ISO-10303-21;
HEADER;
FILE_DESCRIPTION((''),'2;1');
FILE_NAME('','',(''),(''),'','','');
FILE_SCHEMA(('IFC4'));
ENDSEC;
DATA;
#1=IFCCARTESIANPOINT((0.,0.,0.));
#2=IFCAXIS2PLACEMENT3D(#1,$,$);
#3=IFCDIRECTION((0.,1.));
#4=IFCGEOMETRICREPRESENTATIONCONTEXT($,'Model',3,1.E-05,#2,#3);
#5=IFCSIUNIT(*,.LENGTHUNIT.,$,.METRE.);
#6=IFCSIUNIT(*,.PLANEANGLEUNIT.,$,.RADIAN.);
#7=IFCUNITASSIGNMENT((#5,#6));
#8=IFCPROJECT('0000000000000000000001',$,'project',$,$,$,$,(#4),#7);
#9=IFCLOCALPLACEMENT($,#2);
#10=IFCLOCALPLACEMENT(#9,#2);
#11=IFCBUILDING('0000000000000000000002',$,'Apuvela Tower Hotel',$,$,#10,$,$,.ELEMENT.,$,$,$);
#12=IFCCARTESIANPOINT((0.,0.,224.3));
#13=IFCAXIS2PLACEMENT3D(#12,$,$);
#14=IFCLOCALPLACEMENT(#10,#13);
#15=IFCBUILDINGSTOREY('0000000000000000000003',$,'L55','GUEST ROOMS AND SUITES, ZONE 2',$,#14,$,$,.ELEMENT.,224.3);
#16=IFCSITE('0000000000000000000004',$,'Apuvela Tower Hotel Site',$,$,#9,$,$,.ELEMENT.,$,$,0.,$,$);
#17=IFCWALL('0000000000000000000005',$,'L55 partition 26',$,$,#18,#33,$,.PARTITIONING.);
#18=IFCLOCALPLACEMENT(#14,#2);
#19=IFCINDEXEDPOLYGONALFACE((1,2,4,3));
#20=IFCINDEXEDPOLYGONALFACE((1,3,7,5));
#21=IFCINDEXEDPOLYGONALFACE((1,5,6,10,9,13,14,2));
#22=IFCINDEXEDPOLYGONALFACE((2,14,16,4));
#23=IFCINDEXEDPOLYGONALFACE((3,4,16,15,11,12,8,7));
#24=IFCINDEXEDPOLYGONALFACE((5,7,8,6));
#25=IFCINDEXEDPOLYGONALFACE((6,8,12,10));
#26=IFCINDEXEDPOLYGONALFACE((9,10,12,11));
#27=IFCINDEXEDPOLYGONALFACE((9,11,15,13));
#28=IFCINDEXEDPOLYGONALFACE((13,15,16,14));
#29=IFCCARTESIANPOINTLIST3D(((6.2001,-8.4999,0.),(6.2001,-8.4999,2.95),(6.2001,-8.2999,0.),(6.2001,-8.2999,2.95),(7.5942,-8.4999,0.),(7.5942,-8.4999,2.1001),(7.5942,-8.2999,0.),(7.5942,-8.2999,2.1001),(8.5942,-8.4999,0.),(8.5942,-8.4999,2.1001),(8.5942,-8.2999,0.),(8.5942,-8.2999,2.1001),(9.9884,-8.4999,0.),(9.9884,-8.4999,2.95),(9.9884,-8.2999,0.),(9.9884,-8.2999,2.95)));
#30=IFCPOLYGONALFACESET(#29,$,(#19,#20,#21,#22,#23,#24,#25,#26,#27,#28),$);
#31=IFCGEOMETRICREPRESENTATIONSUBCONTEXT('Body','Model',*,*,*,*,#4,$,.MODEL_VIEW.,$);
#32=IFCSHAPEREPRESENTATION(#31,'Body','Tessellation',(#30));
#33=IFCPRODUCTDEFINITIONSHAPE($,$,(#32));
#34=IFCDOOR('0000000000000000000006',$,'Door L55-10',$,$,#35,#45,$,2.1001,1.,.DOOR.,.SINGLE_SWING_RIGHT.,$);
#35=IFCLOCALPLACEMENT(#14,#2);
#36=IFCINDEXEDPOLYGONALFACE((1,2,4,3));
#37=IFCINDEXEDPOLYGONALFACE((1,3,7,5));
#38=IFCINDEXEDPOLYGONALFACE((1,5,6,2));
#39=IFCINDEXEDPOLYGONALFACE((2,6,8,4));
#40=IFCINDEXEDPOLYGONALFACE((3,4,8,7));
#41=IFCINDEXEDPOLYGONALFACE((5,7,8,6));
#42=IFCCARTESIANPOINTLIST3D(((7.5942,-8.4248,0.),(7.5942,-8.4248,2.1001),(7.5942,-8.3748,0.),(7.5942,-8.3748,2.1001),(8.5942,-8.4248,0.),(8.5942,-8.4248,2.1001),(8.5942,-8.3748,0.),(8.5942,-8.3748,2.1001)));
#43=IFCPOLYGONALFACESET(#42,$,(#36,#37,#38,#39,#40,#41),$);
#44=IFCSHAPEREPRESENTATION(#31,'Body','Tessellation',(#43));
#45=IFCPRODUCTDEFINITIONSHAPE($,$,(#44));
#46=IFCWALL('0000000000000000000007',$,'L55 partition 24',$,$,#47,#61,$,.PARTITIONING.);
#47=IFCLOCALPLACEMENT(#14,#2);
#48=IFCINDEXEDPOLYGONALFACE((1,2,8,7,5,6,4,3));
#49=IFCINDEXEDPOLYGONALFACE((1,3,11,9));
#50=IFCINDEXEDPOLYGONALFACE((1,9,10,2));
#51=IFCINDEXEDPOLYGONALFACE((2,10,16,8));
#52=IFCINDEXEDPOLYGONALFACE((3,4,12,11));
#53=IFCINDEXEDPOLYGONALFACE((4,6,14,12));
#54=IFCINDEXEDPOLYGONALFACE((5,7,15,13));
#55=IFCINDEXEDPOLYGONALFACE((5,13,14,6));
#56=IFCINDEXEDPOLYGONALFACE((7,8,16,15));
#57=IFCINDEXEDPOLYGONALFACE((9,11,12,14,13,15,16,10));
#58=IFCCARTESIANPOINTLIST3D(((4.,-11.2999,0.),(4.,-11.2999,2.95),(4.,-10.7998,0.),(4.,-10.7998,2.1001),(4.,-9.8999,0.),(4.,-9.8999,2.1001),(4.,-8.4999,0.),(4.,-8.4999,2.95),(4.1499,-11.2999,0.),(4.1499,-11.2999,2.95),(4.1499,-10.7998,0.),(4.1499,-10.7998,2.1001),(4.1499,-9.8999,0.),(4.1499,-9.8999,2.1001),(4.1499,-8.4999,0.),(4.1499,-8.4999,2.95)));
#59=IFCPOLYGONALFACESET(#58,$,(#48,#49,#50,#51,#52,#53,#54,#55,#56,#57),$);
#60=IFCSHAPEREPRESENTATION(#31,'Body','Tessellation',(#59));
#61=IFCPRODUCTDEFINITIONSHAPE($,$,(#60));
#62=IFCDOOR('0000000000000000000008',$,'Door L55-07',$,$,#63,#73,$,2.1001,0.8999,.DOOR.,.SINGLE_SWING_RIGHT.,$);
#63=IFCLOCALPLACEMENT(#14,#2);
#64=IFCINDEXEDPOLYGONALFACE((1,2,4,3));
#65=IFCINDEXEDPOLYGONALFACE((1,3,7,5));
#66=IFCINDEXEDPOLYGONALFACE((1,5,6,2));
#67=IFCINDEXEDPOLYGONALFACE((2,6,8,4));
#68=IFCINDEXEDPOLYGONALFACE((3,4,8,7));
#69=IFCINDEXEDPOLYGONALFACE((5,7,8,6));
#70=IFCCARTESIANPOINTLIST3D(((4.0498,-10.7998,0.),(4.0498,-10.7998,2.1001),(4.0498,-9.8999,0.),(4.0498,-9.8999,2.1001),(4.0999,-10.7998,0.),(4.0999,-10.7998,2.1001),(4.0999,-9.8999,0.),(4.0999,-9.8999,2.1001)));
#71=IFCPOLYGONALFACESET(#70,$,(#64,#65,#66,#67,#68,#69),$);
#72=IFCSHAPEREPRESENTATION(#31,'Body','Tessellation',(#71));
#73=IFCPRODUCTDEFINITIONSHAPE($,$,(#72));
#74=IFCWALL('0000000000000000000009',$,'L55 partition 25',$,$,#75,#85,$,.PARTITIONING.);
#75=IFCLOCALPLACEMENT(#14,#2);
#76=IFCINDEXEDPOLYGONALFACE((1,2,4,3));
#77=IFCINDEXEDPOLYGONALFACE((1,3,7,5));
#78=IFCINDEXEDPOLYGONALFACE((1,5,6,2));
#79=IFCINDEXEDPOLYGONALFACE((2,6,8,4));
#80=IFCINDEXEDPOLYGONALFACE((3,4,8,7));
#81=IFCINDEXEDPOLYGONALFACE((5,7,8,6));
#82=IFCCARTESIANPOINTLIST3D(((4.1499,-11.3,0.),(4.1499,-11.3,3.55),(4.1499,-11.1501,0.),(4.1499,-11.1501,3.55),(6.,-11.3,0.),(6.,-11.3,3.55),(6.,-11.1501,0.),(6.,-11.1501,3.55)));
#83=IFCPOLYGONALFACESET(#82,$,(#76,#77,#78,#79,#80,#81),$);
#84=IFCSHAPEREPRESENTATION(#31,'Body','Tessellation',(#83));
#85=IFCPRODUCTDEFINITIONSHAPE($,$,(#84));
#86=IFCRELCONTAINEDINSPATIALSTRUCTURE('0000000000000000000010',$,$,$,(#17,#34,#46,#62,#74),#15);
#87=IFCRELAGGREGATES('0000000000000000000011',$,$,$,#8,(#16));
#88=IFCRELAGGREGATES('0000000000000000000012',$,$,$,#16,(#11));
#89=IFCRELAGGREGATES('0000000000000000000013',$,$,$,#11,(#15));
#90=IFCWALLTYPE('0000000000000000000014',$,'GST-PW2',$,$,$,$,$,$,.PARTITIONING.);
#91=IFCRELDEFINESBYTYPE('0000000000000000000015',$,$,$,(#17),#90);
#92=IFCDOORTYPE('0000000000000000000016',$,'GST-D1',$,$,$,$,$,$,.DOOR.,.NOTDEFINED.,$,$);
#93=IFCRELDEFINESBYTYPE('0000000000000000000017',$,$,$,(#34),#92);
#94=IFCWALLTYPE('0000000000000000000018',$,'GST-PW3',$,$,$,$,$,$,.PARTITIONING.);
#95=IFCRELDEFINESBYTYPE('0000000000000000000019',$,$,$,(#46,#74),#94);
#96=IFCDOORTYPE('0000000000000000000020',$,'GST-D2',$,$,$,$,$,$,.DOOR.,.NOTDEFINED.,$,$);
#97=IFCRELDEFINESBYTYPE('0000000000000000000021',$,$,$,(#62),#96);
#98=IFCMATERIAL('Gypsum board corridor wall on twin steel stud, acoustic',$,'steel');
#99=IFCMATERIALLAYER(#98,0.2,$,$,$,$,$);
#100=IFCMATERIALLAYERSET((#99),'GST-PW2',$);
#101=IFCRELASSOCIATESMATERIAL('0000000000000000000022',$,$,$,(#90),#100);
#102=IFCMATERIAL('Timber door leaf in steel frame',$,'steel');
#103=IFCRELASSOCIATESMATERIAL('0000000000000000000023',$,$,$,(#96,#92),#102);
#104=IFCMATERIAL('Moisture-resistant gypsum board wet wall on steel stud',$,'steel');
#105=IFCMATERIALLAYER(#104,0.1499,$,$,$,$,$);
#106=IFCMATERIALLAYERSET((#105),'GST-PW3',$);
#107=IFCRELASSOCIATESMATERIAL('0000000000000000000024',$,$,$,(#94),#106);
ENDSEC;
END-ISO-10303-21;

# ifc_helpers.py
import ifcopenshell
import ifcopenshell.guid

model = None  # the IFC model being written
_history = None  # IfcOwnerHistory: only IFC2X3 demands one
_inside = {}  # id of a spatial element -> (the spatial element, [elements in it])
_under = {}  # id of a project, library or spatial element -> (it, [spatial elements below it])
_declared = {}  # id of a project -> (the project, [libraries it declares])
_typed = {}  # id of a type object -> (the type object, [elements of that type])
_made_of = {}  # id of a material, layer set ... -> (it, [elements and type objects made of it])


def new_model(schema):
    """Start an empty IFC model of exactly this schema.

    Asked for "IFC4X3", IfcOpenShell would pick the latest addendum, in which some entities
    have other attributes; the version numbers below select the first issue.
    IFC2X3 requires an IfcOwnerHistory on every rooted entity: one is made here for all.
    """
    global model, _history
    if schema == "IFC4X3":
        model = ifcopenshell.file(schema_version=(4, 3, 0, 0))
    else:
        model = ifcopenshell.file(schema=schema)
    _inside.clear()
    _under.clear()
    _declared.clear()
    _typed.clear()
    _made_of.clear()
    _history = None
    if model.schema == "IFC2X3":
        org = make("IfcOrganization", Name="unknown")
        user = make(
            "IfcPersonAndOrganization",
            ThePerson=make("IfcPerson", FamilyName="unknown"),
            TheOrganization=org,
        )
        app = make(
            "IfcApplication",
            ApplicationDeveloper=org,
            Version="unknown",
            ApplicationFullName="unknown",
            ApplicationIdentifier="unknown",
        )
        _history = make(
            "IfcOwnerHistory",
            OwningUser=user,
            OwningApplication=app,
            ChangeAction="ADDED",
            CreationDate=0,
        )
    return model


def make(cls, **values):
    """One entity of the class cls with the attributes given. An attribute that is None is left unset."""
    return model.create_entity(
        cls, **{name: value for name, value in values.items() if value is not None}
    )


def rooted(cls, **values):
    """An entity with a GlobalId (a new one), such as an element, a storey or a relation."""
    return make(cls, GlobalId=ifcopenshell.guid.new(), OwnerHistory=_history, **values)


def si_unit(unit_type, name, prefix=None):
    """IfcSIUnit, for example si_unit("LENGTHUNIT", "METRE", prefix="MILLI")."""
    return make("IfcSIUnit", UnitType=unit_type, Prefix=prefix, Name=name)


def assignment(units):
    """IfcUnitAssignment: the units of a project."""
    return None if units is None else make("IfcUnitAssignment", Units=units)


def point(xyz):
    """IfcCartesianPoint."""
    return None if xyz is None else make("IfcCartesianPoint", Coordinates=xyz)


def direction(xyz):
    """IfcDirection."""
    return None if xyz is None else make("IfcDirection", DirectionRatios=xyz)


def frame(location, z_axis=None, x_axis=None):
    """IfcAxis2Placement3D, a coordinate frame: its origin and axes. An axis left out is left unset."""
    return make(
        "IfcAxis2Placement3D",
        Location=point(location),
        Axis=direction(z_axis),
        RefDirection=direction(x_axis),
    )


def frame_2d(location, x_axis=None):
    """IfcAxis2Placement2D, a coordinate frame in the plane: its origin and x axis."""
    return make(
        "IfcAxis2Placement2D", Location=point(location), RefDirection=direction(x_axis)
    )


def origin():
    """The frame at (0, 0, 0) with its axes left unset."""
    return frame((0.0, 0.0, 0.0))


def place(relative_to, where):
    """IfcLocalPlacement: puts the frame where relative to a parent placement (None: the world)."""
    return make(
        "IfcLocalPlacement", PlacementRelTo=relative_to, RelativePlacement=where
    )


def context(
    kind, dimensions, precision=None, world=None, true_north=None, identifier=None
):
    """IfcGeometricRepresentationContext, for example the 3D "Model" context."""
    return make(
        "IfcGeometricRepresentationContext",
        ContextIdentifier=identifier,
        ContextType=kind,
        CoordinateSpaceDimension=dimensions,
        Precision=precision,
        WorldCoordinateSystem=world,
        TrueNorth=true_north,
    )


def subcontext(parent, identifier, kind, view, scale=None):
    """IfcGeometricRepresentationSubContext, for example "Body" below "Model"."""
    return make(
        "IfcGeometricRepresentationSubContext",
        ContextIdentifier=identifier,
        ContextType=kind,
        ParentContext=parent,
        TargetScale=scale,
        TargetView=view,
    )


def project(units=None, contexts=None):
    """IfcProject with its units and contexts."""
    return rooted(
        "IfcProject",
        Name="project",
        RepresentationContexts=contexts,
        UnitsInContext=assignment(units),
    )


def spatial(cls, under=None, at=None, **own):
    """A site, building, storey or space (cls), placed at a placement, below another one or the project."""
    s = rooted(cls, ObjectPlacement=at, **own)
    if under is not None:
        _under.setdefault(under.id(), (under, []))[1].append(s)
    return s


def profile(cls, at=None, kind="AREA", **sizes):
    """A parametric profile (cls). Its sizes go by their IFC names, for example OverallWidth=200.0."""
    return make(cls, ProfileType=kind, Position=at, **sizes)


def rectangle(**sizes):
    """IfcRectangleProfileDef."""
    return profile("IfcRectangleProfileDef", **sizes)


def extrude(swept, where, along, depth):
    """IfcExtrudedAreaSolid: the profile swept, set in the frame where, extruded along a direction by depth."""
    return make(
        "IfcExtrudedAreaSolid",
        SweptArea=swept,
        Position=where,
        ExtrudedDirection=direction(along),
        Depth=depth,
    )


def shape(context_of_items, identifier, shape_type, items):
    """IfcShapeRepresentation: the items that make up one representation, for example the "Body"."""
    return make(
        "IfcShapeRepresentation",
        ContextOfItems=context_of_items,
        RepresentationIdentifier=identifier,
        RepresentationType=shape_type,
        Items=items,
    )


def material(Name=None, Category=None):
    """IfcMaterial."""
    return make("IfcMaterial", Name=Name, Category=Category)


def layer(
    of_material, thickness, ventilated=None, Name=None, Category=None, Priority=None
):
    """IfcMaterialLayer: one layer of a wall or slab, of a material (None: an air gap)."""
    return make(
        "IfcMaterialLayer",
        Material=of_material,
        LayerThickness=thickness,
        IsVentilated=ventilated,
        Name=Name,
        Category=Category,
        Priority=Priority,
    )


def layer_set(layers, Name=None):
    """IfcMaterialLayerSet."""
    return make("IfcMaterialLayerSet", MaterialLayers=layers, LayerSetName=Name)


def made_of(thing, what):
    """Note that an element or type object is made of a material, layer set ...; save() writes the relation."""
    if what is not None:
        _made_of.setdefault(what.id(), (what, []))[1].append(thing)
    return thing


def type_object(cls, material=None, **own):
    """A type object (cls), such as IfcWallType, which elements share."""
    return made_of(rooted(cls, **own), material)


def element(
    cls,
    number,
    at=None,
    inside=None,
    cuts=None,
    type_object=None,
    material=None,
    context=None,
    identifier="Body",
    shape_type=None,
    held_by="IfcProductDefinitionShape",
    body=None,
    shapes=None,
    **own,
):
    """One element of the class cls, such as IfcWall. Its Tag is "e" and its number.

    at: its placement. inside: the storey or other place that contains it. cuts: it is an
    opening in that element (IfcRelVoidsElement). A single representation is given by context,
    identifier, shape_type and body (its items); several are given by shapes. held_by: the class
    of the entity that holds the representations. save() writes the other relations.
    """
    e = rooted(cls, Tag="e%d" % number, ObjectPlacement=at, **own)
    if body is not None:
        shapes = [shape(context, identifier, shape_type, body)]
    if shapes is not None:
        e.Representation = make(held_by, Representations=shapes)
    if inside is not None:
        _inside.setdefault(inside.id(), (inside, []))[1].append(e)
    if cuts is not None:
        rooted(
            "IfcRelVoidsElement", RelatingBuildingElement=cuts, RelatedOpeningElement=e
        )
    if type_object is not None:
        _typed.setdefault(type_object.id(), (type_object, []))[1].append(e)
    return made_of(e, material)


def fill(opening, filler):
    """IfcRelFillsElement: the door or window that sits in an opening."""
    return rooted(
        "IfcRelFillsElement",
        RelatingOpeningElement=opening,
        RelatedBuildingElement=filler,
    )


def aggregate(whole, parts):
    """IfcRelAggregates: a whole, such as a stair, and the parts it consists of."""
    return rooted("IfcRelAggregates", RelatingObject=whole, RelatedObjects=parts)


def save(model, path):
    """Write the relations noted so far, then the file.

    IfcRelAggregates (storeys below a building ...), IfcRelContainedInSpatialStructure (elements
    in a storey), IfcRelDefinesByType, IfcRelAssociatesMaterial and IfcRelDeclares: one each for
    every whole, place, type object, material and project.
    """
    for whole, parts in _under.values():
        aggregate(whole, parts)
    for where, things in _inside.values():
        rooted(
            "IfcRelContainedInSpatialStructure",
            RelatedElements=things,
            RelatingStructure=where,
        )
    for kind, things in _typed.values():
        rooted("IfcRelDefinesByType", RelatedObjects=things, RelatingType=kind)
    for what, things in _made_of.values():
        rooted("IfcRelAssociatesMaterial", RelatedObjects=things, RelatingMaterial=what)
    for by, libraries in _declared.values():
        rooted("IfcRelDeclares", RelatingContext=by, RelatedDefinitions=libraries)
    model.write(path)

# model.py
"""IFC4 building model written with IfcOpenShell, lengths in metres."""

from ifc_helpers import new_model, si_unit, direction, frame, frame_2d, origin, place, context, subcontext, project, spatial, rectangle, extrude, material, layer, layer_set, type_object, element, fill, save


model = new_model("IFC4")

# Units and contexts
model_context = context("Model", 3, precision=1e-05, world=origin(), true_north=direction((0.0, 1.0)))
body_context = subcontext(model_context, "Body", "Model", "MODEL_VIEW")
ifc_project = project(units=[si_unit("LENGTHUNIT", "METRE"), si_unit("PLANEANGLEUNIT", "RADIAN")], contexts=[model_context])

# Site, building, storey
site_placement = place(None, origin())
site = spatial("IfcSite", under=ifc_project, at=site_placement, Name="Apuvela Tower Hotel Site", CompositionType="ELEMENT", RefElevation=0.0)
building_placement = place(site_placement, origin())
building = spatial("IfcBuilding", under=site, at=building_placement, Name="Apuvela Tower Hotel", CompositionType="ELEMENT")
storey_placement = place(building_placement, frame((0.0, 0.0, 224.3)))
storey = spatial("IfcBuildingStorey", under=building, at=storey_placement, Name="L55", Description="GUEST ROOMS AND SUITES, ZONE 2", CompositionType="ELEMENT", Elevation=224.3)

# Walls, openings, doors
ifc_material_1 = material(Name="Gypsum board corridor wall on twin steel stud, acoustic", Category="steel")
ifc_layer_1 = layer(ifc_material_1, 0.2)
ifc_layer_set_1 = layer_set([ifc_layer_1], Name="GST-PW2")
wall_type_1 = type_object("IfcWallType", Name="GST-PW2", PredefinedType="PARTITIONING", material=ifc_layer_set_1)
ifc_material_2 = material(Name="Timber door leaf in steel frame", Category="steel")
door_type_1 = type_object("IfcDoorType", Name="GST-D2", OperationType="NOTDEFINED", PredefinedType="DOOR", material=ifc_material_2)
door_type_2 = type_object("IfcDoorType", Name="GST-D1", OperationType="NOTDEFINED", PredefinedType="DOOR", material=ifc_material_2)
wall_1_placement = place(storey_placement, frame((9.9883, -8.3999, 0.0), z_axis=(0.0, 0.0, 1.0), x_axis=(-1.0, 0.0, 0.0)))
wall_1 = element("IfcWall", 1, at=wall_1_placement, inside=storey, type_object=wall_type_1, Name="L55 partition 26", PredefinedType="PARTITIONING", context=body_context, shape_type="SweptSolid", body=[
    extrude(rectangle(XDim=3.7883, YDim=0.2, at=frame_2d((1.894, 0.0))), origin(), (0.0, 0.0, 1.0), 2.95),
])
opening_1_placement = place(wall_1_placement, frame((1.394, 0.0, 0.0)))
opening_1 = element("IfcOpeningElement", 2, at=opening_1_placement, cuts=wall_1, PredefinedType="OPENING", context=body_context, shape_type="SweptSolid", body=[
    extrude(rectangle(XDim=1.0, YDim=2.1001, at=frame_2d((0.5, 1.05))), frame((0.0, 0.1099, 0.0), z_axis=(0.0, -1.0, 0.0), x_axis=(1.0, 0.0, 0.0)), (0.0, 0.0, 1.0), 0.22),
])
door_1_placement = place(opening_1_placement, origin())
door_1 = element("IfcDoor", 3, at=door_1_placement, inside=storey, type_object=door_type_2, Name="Door L55-10", OperationType="SINGLE_SWING_RIGHT", OverallHeight=2.1001, OverallWidth=1.0, PredefinedType="DOOR", context=body_context, shape_type="SweptSolid", body=[
    extrude(rectangle(XDim=1.0, YDim=2.1001, at=frame_2d((0.5, 1.05))), frame((0.0, 0.0249, 0.0), z_axis=(0.0, -1.0, 0.0), x_axis=(1.0, 0.0, 0.0)), (0.0, 0.0, 1.0), 0.05),
])
fill(opening_1, door_1)
ifc_material_3 = material(Name="Moisture-resistant gypsum board wet wall on steel stud", Category="steel")
ifc_layer_2 = layer(ifc_material_3, 0.1499)
ifc_layer_set_2 = layer_set([ifc_layer_2], Name="GST-PW3")
wall_type_2 = type_object("IfcWallType", Name="GST-PW3", PredefinedType="PARTITIONING", material=ifc_layer_set_2)
wall_2_placement = place(storey_placement, frame((4.075, -8.5, 0.0), z_axis=(0.0, 0.0, 1.0), x_axis=(0.0, -1.0, 0.0)))
wall_2 = element("IfcWall", 4, at=wall_2_placement, inside=storey, type_object=wall_type_2, Name="L55 partition 24", PredefinedType="PARTITIONING", context=body_context, shape_type="SweptSolid", body=[
    extrude(rectangle(XDim=2.8, YDim=0.1499, at=frame_2d((1.3999, 0.0))), origin(), (0.0, 0.0, 1.0), 2.95),
])
opening_2_placement = place(wall_2_placement, frame((1.3999, 0.0, 0.0)))
opening_2 = element("IfcOpeningElement", 5, at=opening_2_placement, cuts=wall_2, PredefinedType="OPENING", context=body_context, shape_type="SweptSolid", body=[
    extrude(rectangle(XDim=0.8999, YDim=2.1001, at=frame_2d((0.45, 1.05))), frame((0.0, 0.085, 0.0), z_axis=(0.0, -1.0, 0.0), x_axis=(1.0, 0.0, 0.0)), (0.0, 0.0, 1.0), 0.1699),
])
door_2_placement = place(opening_2_placement, origin())
door_2 = element("IfcDoor", 6, at=door_2_placement, inside=storey, type_object=door_type_1, Name="Door L55-07", OperationType="SINGLE_SWING_RIGHT", OverallHeight=2.1001, OverallWidth=0.8999, PredefinedType="DOOR", context=body_context, shape_type="SweptSolid", body=[
    extrude(rectangle(XDim=0.8999, YDim=2.1001, at=frame_2d((0.45, 1.05))), frame((0.0, 0.0249, 0.0), z_axis=(0.0, -1.0, 0.0), x_axis=(1.0, 0.0, 0.0)), (0.0, 0.0, 1.0), 0.05),
])
fill(opening_2, door_2)

# Wall
wall_3_placement = place(storey_placement, frame((4.1499, -11.2251, 0.0), z_axis=(0.0, 0.0, 1.0), x_axis=(1.0, 0.0, 0.0)))
element("IfcWall", 7, at=wall_3_placement, inside=storey, type_object=wall_type_2, Name="L55 partition 25", PredefinedType="PARTITIONING", context=body_context, shape_type="SweptSolid", body=[
    extrude(rectangle(XDim=1.8501, YDim=0.1499, at=frame_2d((0.925, 0.0))), origin(), (0.0, 0.0, 1.0), 3.55),
])

save(model, "model.ifc")
